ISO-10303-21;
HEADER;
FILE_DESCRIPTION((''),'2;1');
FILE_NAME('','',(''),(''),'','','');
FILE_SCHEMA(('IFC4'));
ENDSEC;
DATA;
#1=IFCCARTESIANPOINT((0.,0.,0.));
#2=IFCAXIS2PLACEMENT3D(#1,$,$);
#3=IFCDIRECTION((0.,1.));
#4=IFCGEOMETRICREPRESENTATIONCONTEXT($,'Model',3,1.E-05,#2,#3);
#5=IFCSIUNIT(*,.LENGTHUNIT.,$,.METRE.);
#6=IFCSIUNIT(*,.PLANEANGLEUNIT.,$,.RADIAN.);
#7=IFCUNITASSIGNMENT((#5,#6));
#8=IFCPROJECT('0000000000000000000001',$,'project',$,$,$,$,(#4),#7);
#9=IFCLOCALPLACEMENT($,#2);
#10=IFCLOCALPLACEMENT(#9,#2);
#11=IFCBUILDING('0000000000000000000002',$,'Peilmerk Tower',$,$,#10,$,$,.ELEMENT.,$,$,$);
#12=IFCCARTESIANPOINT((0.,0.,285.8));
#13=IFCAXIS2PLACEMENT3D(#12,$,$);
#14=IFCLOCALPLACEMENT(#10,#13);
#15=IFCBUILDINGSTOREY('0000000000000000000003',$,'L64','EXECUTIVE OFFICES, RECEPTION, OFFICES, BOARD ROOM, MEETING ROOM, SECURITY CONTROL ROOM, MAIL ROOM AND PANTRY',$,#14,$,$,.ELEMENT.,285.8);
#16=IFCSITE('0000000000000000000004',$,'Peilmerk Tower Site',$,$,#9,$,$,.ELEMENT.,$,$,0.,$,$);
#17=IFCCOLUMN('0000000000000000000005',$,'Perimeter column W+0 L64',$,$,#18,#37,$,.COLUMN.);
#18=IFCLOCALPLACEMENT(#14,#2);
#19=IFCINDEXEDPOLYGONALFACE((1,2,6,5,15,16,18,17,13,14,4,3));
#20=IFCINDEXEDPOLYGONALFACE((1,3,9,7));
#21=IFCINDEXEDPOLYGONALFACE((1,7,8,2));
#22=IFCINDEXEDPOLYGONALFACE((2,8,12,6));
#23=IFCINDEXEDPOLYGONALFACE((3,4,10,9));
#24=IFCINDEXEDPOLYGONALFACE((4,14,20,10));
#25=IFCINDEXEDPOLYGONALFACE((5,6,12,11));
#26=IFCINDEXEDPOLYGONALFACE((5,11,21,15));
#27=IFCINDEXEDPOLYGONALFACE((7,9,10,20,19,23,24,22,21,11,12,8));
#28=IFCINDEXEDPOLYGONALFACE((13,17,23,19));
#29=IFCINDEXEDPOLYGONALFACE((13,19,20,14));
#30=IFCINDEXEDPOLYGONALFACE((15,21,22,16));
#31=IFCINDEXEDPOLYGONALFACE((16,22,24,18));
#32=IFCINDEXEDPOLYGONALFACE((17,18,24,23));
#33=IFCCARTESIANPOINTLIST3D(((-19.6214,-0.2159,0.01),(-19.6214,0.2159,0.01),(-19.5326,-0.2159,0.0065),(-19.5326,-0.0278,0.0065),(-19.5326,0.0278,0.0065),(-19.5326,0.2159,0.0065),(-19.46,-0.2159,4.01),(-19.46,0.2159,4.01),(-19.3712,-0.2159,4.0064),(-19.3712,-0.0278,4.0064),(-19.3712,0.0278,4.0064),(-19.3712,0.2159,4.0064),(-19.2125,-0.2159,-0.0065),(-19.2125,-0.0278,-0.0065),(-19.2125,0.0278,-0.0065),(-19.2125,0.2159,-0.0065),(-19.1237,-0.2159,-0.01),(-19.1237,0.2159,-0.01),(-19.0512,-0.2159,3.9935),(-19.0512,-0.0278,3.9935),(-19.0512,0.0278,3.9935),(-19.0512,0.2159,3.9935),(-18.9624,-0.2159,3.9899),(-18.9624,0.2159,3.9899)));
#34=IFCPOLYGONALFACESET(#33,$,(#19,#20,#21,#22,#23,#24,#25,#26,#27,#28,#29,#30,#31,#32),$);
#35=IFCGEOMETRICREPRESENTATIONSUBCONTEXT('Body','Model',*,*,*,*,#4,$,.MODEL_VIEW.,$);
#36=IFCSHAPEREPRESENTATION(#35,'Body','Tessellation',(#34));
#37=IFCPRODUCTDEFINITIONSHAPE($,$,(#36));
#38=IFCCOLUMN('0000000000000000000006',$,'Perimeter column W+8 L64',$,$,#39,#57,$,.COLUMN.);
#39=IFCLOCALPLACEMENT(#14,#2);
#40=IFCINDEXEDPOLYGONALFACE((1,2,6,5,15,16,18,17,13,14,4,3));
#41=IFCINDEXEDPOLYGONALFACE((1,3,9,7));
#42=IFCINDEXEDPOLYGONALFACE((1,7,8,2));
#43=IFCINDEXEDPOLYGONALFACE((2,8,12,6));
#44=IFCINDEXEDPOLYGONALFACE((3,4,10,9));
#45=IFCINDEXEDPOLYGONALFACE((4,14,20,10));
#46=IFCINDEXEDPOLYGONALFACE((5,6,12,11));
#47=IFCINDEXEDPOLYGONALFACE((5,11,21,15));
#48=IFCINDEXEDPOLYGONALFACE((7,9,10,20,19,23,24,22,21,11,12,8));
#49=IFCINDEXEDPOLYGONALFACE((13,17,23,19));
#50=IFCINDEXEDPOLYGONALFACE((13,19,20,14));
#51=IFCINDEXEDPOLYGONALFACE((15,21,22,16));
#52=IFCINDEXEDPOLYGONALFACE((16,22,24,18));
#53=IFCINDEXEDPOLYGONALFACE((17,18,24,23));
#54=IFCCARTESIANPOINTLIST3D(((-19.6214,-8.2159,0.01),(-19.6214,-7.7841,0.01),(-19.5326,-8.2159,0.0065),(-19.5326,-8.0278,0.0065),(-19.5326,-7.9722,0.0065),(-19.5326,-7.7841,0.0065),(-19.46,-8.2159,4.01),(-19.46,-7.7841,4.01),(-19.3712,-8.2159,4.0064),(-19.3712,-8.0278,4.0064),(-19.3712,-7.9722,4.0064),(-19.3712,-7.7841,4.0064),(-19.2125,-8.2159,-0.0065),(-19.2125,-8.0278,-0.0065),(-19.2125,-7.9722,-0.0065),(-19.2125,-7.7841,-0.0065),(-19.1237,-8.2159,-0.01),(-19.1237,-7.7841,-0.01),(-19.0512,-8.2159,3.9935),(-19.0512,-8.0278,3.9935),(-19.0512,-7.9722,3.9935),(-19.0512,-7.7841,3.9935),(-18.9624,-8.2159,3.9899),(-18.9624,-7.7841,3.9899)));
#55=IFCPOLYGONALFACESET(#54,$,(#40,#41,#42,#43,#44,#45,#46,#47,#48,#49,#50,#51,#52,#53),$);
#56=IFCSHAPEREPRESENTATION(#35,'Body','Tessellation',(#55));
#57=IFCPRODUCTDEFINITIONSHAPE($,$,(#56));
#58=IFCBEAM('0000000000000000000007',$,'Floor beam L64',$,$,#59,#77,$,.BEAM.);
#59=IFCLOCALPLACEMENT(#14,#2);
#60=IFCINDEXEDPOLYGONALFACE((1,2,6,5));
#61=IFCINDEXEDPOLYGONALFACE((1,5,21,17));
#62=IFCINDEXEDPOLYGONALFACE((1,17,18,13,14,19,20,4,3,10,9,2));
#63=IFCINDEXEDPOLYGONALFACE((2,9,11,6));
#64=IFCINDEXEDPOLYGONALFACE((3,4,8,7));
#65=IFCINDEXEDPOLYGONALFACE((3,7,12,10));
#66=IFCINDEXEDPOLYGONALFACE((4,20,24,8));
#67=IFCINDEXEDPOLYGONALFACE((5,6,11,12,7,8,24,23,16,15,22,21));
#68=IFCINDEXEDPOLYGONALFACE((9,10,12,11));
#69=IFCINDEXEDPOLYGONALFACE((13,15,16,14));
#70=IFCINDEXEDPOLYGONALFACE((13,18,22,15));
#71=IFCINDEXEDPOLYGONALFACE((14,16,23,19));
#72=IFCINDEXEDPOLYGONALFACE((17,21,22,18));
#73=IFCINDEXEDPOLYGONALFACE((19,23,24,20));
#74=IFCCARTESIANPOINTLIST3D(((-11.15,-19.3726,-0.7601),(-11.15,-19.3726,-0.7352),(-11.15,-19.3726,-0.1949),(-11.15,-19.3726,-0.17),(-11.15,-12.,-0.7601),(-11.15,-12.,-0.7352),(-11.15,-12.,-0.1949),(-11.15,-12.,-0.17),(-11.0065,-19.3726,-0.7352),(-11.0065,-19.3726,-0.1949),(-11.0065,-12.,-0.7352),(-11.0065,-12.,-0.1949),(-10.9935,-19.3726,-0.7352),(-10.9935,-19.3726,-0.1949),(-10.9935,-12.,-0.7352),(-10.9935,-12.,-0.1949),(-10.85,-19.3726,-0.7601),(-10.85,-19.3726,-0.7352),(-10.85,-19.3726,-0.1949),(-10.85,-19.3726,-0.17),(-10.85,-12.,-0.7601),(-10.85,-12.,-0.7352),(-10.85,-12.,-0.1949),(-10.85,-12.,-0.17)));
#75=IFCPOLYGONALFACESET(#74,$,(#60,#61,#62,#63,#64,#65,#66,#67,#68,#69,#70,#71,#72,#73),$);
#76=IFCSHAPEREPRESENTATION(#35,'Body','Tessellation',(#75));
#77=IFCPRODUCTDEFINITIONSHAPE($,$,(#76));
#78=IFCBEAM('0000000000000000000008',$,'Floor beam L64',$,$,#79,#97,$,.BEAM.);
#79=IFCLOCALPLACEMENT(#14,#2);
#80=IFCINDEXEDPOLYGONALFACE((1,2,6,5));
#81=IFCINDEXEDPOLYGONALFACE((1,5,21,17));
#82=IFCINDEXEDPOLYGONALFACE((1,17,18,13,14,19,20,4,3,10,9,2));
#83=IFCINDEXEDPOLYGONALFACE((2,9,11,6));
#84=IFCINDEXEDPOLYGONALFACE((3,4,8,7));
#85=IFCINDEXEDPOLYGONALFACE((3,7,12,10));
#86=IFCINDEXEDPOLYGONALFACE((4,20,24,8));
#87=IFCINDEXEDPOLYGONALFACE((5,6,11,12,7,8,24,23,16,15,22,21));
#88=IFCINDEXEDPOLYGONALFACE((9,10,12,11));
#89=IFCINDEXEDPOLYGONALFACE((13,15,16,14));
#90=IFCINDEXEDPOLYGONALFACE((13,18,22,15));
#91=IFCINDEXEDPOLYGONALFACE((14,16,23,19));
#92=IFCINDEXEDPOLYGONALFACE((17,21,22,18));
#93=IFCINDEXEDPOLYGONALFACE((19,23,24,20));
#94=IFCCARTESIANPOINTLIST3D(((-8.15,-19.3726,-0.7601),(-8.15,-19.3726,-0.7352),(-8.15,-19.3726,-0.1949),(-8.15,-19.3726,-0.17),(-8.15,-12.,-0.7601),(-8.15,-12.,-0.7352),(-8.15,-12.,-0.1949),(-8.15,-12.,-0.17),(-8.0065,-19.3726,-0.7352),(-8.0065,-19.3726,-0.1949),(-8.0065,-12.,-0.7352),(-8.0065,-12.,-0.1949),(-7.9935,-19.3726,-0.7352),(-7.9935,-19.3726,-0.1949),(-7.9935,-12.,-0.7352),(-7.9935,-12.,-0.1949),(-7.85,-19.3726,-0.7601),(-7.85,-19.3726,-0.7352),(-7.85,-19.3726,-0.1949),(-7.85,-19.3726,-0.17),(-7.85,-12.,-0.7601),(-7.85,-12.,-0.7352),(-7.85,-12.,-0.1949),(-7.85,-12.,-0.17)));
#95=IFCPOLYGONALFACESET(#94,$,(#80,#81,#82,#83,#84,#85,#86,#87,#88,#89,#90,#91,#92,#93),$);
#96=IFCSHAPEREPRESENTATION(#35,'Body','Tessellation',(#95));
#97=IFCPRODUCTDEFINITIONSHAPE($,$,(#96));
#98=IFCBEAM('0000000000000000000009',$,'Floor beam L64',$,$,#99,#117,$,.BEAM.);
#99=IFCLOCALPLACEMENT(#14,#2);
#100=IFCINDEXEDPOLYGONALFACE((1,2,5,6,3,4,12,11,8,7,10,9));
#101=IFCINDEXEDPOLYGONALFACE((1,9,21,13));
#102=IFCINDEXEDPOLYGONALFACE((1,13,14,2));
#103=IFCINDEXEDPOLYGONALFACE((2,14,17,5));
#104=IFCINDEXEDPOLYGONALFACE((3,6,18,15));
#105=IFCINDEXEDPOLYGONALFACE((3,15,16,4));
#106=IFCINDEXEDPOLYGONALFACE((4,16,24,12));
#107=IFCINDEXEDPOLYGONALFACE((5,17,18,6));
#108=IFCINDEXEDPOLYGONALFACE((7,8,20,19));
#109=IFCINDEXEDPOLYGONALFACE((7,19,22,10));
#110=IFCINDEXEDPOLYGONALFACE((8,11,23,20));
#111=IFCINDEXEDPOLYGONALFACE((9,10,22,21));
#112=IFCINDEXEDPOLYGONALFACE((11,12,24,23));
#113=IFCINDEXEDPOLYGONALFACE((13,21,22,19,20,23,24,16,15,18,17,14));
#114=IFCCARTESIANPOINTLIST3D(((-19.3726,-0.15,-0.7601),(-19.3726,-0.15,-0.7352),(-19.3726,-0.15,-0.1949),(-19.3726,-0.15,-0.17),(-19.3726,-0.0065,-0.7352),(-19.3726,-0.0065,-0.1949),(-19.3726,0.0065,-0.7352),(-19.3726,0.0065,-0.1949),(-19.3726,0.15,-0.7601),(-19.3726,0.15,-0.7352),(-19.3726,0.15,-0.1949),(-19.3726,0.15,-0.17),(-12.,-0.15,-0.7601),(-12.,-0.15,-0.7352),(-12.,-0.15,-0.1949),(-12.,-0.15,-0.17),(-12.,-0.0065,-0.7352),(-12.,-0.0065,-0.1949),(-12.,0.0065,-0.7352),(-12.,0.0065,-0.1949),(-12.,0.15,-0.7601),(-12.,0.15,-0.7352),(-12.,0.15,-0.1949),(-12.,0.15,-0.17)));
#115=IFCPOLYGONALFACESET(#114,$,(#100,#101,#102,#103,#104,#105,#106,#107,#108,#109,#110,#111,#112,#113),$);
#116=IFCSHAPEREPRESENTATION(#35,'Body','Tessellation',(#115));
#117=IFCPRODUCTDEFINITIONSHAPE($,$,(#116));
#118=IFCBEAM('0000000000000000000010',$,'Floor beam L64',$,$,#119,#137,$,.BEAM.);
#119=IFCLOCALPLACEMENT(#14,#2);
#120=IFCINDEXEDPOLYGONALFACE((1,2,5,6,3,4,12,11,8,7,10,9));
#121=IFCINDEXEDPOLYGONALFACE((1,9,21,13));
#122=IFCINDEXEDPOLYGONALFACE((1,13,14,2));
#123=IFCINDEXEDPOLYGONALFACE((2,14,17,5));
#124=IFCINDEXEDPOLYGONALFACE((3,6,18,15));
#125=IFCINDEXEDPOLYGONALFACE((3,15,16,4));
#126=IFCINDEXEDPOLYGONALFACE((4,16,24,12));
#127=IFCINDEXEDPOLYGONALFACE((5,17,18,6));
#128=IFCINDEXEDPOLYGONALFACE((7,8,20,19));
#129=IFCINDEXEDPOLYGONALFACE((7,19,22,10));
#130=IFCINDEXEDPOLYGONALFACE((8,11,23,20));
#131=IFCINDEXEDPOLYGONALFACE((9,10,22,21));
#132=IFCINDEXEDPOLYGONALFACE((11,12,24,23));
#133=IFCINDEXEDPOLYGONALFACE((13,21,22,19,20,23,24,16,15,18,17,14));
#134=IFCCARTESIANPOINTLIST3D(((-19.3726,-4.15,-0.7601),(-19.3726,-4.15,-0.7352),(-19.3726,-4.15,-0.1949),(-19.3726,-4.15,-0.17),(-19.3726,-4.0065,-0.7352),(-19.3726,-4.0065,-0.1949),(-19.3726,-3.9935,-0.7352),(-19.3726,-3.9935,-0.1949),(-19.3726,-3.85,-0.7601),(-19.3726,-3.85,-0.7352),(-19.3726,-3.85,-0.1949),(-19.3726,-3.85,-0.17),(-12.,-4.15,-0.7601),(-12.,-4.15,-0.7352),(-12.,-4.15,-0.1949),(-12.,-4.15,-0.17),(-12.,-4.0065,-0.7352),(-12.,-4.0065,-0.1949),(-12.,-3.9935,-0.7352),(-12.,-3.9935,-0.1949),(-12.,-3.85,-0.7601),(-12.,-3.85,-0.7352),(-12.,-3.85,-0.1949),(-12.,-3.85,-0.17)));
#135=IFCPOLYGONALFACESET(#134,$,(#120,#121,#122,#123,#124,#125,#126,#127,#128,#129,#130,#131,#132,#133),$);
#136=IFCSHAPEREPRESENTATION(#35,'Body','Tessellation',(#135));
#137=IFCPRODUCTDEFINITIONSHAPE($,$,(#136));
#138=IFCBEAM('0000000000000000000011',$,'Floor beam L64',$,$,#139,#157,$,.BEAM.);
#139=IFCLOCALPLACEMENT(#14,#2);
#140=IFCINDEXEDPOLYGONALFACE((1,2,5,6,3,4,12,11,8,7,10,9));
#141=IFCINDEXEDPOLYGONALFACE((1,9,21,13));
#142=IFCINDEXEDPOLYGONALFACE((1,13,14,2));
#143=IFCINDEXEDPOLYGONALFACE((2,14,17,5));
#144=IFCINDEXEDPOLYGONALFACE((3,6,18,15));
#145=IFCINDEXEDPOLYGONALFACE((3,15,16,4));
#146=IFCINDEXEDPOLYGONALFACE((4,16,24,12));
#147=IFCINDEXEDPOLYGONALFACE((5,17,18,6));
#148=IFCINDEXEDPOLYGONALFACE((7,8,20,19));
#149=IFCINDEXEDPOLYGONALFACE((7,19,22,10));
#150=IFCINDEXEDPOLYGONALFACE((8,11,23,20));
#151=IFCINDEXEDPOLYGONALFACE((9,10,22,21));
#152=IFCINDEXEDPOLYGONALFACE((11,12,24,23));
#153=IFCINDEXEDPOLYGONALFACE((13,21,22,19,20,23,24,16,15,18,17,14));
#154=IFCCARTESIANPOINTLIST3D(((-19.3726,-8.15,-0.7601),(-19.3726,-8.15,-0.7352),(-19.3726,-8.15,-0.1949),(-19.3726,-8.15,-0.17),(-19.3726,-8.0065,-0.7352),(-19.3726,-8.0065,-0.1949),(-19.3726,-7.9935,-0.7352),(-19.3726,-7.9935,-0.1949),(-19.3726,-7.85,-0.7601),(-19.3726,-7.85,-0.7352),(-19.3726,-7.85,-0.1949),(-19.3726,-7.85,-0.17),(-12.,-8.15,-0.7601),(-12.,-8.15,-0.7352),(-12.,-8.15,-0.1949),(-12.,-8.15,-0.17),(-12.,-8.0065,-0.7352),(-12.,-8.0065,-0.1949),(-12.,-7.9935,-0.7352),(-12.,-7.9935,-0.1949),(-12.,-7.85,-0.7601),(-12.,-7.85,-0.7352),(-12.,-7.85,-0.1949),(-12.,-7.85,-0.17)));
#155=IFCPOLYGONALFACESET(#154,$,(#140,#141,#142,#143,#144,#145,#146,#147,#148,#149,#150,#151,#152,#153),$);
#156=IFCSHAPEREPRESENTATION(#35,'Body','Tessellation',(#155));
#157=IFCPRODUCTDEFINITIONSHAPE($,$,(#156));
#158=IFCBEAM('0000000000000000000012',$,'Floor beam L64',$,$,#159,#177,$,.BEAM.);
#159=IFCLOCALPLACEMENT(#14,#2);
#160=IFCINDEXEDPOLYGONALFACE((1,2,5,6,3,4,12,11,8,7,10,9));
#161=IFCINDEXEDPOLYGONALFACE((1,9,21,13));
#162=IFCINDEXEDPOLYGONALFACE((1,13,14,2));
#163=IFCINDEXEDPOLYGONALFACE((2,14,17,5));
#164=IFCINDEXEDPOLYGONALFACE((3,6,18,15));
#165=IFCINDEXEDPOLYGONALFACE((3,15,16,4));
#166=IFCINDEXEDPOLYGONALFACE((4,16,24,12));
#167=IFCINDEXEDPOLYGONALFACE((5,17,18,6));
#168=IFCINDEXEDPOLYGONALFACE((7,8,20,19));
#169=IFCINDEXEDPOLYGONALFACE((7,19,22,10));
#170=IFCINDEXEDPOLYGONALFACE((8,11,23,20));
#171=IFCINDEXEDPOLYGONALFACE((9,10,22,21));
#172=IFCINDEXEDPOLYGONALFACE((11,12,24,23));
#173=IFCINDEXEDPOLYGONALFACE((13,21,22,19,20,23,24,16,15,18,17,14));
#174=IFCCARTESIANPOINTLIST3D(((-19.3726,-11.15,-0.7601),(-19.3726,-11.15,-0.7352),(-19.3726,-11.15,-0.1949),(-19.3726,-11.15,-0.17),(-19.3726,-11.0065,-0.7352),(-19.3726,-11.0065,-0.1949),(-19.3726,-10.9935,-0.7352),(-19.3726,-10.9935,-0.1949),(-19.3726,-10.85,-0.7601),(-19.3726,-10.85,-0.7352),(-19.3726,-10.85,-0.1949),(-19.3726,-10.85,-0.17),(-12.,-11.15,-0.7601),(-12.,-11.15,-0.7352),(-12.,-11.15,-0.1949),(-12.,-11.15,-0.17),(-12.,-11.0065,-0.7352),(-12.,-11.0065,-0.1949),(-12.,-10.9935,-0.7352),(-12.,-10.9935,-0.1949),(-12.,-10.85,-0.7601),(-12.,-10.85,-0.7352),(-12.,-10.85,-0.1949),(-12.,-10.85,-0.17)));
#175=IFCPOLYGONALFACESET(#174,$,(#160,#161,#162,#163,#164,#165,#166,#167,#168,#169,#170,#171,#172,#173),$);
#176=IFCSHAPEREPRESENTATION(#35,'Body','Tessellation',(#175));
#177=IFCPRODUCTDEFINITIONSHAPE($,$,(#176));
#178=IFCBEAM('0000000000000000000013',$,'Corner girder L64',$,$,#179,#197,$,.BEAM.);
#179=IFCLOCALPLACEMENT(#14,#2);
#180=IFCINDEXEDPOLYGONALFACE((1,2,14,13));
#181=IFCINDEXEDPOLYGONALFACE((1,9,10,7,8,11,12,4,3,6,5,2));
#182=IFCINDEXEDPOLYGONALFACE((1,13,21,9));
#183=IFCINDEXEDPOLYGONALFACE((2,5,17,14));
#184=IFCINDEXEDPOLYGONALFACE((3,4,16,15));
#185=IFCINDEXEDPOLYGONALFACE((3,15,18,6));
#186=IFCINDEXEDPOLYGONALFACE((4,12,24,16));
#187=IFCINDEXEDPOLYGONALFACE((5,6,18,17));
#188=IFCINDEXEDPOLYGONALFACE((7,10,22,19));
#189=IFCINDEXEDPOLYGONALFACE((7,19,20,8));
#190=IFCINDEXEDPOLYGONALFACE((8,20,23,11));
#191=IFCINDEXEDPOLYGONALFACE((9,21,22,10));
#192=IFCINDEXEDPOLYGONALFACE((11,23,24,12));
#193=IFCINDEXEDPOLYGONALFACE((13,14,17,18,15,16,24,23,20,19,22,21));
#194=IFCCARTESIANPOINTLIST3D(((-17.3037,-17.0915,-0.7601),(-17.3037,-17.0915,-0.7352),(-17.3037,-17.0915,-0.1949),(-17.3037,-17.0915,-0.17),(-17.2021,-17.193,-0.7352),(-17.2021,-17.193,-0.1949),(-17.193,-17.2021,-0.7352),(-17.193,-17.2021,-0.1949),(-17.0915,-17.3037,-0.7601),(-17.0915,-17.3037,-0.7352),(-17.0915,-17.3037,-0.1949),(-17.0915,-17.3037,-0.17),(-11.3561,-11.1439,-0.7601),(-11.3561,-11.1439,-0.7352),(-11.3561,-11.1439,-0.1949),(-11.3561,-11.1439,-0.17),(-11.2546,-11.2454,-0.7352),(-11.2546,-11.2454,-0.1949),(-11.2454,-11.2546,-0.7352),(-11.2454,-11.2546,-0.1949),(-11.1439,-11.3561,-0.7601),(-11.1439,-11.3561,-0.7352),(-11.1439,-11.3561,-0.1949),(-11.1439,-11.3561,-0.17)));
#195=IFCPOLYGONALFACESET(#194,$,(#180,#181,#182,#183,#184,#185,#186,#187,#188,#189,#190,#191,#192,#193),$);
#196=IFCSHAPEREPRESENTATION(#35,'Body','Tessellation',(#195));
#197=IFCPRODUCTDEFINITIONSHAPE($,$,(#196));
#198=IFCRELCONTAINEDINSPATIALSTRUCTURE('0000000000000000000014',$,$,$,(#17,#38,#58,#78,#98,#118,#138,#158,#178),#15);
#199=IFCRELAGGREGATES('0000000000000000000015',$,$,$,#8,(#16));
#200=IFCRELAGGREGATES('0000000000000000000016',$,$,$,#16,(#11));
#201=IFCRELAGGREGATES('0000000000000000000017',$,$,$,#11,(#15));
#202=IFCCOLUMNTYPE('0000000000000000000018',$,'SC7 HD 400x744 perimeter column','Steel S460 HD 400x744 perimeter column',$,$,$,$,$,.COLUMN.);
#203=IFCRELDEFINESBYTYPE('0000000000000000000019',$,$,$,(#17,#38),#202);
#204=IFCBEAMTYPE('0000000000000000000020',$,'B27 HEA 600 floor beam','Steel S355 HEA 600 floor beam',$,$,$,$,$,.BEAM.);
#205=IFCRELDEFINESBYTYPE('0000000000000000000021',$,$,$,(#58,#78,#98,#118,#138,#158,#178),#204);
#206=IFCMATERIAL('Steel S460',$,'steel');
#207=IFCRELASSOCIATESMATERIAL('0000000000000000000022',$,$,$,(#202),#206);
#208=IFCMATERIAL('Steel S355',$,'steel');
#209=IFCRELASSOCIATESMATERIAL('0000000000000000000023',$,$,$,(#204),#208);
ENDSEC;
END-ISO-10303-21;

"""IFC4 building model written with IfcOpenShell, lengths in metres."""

from ifc_helpers import new_model, si_unit, direction, frame, origin, origin_2d, place, context, subcontext, project, spatial, i_section, extrude, material, material_profile, profile_set, type_object, element, save


model = new_model("IFC4")

# Units and contexts
model_context = context("Model", 3, precision=1e-05, world=origin(), true_north=direction((0.0, 1.0)))
body_context = subcontext(model_context, "Body", "Model", "MODEL_VIEW")
ifc_project = project(units=[si_unit("LENGTHUNIT", "METRE"), si_unit("PLANEANGLEUNIT", "RADIAN")], contexts=[model_context])

# Site, building, storey
site_placement = place(None, origin())
site = spatial("IfcSite", under=ifc_project, at=site_placement, Name="Peilmerk Tower Site", CompositionType="ELEMENT", RefElevation=0.0)
building_placement = place(site_placement, origin())
building = spatial("IfcBuilding", under=site, at=building_placement, Name="Peilmerk Tower", CompositionType="ELEMENT")
storey_placement = place(building_placement, frame((0.0, 0.0, 285.8)))
storey = spatial("IfcBuildingStorey", under=building, at=storey_placement, Name="L64", Description="EXECUTIVE OFFICES, RECEPTION, OFFICES, BOARD ROOM, MEETING ROOM, SECURITY CONTROL ROOM, MAIL ROOM AND PANTRY", CompositionType="ELEMENT", Elevation=285.8)

# Columns
ifc_material_1 = material(Name="Steel S460", Category="steel")
ifc_material_profile_1 = material_profile(ifc_material_1, i_section(OverallWidth=0.4319, OverallDepth=0.498, WebThickness=0.0557, FlangeThickness=0.0889, at=origin_2d()), Name="HD 400x744")
ifc_profile_set_1 = profile_set([ifc_material_profile_1], Name="Steel S460")
column_type = type_object("IfcColumnType", Name="SC7 HD 400x744 perimeter column", Description="Steel S460 HD 400x744 perimeter column", PredefinedType="COLUMN", material=ifc_profile_set_1)
for number, where, z_axis, x_axis, name in (
    (1, (-19.3726, 0.0, 0.0), (0.040311, 0.0, 0.999187), (0.0, 1.0, 0.0), "Perimeter column W+0 L64"),
    (2, (-19.3726, -8.0, 0.0), (0.040311, 0.0, 0.999187), (0.0, 1.0, 0.0), "Perimeter column W+8 L64"),
):
    element("IfcColumn", number, at=place(storey_placement, frame(where, z_axis=z_axis, x_axis=x_axis)), inside=storey, type_object=column_type, Name=name, PredefinedType="COLUMN", context=body_context, shape_type="SweptSolid", body=[
        extrude(i_section(OverallWidth=0.4319, OverallDepth=0.498, WebThickness=0.0557, FlangeThickness=0.0889, at=origin_2d()), origin(), (0.0, 0.0, 1.0), 4.0032),
    ])

# Beams
ifc_material_2 = material(Name="Steel S355", Category="steel")
ifc_material_profile_2 = material_profile(ifc_material_2, i_section(OverallWidth=0.3, OverallDepth=0.5901, WebThickness=0.0129, FlangeThickness=0.0249, at=origin_2d()), Name="HEA 600")
ifc_profile_set_2 = profile_set([ifc_material_profile_2], Name="Steel S355")
beam_type_1 = type_object("IfcBeamType", Name="B27 HEA 600 floor beam", Description="Steel S355 HEA 600 floor beam", PredefinedType="BEAM", material=ifc_profile_set_2)
for number, where, z_axis, x_axis, name in (
    (3, (-11.0, -12.0, -0.4651), (0.0, -1.0, 0.0), (1.0, 0.0, 0.0), "Floor beam L64"),
    (4, (-8.0, -12.0, -0.4651), (0.0, -1.0, 0.0), (1.0, 0.0, 0.0), "Floor beam L64"),
    (5, (-12.0, 0.0, -0.4651), (-1.0, 0.0, 0.0), (0.0, -1.0, 0.0), "Floor beam L64"),
    (6, (-12.0, -4.0, -0.4651), (-1.0, 0.0, 0.0), (0.0, -1.0, 0.0), "Floor beam L64"),
    (7, (-12.0, -8.0, -0.4651), (-1.0, 0.0, 0.0), (0.0, -1.0, 0.0), "Floor beam L64"),
    (8, (-12.0, -11.0, -0.4651), (-1.0, 0.0, 0.0), (0.0, -1.0, 0.0), "Floor beam L64"),
):
    element("IfcBeam", number, at=place(storey_placement, frame(where, z_axis=z_axis, x_axis=x_axis)), inside=storey, type_object=beam_type_1, Name=name, PredefinedType="BEAM", context=body_context, shape_type="SweptSolid", body=[
        extrude(i_section(OverallWidth=0.3, OverallDepth=0.5901, WebThickness=0.0129, FlangeThickness=0.0249, at=origin_2d()), origin(), (0.0, 0.0, 1.0), 7.3726),
    ])
beam_1_placement = place(storey_placement, frame((-11.25, -11.25, -0.4651), z_axis=(-0.707107, -0.707107, 0.0), x_axis=(0.707107, -0.707107, 0.0)))
element("IfcBeam", 9, at=beam_1_placement, inside=storey, type_object=beam_type_1, Name="Corner girder L64", PredefinedType="BEAM", context=body_context, shape_type="SweptSolid", body=[
    extrude(i_section(OverallWidth=0.3, OverallDepth=0.5901, WebThickness=0.0129, FlangeThickness=0.0249, at=origin_2d()), origin(), (0.0, 0.0, 1.0), 8.4111),
])

save(model, "model.ifc")
